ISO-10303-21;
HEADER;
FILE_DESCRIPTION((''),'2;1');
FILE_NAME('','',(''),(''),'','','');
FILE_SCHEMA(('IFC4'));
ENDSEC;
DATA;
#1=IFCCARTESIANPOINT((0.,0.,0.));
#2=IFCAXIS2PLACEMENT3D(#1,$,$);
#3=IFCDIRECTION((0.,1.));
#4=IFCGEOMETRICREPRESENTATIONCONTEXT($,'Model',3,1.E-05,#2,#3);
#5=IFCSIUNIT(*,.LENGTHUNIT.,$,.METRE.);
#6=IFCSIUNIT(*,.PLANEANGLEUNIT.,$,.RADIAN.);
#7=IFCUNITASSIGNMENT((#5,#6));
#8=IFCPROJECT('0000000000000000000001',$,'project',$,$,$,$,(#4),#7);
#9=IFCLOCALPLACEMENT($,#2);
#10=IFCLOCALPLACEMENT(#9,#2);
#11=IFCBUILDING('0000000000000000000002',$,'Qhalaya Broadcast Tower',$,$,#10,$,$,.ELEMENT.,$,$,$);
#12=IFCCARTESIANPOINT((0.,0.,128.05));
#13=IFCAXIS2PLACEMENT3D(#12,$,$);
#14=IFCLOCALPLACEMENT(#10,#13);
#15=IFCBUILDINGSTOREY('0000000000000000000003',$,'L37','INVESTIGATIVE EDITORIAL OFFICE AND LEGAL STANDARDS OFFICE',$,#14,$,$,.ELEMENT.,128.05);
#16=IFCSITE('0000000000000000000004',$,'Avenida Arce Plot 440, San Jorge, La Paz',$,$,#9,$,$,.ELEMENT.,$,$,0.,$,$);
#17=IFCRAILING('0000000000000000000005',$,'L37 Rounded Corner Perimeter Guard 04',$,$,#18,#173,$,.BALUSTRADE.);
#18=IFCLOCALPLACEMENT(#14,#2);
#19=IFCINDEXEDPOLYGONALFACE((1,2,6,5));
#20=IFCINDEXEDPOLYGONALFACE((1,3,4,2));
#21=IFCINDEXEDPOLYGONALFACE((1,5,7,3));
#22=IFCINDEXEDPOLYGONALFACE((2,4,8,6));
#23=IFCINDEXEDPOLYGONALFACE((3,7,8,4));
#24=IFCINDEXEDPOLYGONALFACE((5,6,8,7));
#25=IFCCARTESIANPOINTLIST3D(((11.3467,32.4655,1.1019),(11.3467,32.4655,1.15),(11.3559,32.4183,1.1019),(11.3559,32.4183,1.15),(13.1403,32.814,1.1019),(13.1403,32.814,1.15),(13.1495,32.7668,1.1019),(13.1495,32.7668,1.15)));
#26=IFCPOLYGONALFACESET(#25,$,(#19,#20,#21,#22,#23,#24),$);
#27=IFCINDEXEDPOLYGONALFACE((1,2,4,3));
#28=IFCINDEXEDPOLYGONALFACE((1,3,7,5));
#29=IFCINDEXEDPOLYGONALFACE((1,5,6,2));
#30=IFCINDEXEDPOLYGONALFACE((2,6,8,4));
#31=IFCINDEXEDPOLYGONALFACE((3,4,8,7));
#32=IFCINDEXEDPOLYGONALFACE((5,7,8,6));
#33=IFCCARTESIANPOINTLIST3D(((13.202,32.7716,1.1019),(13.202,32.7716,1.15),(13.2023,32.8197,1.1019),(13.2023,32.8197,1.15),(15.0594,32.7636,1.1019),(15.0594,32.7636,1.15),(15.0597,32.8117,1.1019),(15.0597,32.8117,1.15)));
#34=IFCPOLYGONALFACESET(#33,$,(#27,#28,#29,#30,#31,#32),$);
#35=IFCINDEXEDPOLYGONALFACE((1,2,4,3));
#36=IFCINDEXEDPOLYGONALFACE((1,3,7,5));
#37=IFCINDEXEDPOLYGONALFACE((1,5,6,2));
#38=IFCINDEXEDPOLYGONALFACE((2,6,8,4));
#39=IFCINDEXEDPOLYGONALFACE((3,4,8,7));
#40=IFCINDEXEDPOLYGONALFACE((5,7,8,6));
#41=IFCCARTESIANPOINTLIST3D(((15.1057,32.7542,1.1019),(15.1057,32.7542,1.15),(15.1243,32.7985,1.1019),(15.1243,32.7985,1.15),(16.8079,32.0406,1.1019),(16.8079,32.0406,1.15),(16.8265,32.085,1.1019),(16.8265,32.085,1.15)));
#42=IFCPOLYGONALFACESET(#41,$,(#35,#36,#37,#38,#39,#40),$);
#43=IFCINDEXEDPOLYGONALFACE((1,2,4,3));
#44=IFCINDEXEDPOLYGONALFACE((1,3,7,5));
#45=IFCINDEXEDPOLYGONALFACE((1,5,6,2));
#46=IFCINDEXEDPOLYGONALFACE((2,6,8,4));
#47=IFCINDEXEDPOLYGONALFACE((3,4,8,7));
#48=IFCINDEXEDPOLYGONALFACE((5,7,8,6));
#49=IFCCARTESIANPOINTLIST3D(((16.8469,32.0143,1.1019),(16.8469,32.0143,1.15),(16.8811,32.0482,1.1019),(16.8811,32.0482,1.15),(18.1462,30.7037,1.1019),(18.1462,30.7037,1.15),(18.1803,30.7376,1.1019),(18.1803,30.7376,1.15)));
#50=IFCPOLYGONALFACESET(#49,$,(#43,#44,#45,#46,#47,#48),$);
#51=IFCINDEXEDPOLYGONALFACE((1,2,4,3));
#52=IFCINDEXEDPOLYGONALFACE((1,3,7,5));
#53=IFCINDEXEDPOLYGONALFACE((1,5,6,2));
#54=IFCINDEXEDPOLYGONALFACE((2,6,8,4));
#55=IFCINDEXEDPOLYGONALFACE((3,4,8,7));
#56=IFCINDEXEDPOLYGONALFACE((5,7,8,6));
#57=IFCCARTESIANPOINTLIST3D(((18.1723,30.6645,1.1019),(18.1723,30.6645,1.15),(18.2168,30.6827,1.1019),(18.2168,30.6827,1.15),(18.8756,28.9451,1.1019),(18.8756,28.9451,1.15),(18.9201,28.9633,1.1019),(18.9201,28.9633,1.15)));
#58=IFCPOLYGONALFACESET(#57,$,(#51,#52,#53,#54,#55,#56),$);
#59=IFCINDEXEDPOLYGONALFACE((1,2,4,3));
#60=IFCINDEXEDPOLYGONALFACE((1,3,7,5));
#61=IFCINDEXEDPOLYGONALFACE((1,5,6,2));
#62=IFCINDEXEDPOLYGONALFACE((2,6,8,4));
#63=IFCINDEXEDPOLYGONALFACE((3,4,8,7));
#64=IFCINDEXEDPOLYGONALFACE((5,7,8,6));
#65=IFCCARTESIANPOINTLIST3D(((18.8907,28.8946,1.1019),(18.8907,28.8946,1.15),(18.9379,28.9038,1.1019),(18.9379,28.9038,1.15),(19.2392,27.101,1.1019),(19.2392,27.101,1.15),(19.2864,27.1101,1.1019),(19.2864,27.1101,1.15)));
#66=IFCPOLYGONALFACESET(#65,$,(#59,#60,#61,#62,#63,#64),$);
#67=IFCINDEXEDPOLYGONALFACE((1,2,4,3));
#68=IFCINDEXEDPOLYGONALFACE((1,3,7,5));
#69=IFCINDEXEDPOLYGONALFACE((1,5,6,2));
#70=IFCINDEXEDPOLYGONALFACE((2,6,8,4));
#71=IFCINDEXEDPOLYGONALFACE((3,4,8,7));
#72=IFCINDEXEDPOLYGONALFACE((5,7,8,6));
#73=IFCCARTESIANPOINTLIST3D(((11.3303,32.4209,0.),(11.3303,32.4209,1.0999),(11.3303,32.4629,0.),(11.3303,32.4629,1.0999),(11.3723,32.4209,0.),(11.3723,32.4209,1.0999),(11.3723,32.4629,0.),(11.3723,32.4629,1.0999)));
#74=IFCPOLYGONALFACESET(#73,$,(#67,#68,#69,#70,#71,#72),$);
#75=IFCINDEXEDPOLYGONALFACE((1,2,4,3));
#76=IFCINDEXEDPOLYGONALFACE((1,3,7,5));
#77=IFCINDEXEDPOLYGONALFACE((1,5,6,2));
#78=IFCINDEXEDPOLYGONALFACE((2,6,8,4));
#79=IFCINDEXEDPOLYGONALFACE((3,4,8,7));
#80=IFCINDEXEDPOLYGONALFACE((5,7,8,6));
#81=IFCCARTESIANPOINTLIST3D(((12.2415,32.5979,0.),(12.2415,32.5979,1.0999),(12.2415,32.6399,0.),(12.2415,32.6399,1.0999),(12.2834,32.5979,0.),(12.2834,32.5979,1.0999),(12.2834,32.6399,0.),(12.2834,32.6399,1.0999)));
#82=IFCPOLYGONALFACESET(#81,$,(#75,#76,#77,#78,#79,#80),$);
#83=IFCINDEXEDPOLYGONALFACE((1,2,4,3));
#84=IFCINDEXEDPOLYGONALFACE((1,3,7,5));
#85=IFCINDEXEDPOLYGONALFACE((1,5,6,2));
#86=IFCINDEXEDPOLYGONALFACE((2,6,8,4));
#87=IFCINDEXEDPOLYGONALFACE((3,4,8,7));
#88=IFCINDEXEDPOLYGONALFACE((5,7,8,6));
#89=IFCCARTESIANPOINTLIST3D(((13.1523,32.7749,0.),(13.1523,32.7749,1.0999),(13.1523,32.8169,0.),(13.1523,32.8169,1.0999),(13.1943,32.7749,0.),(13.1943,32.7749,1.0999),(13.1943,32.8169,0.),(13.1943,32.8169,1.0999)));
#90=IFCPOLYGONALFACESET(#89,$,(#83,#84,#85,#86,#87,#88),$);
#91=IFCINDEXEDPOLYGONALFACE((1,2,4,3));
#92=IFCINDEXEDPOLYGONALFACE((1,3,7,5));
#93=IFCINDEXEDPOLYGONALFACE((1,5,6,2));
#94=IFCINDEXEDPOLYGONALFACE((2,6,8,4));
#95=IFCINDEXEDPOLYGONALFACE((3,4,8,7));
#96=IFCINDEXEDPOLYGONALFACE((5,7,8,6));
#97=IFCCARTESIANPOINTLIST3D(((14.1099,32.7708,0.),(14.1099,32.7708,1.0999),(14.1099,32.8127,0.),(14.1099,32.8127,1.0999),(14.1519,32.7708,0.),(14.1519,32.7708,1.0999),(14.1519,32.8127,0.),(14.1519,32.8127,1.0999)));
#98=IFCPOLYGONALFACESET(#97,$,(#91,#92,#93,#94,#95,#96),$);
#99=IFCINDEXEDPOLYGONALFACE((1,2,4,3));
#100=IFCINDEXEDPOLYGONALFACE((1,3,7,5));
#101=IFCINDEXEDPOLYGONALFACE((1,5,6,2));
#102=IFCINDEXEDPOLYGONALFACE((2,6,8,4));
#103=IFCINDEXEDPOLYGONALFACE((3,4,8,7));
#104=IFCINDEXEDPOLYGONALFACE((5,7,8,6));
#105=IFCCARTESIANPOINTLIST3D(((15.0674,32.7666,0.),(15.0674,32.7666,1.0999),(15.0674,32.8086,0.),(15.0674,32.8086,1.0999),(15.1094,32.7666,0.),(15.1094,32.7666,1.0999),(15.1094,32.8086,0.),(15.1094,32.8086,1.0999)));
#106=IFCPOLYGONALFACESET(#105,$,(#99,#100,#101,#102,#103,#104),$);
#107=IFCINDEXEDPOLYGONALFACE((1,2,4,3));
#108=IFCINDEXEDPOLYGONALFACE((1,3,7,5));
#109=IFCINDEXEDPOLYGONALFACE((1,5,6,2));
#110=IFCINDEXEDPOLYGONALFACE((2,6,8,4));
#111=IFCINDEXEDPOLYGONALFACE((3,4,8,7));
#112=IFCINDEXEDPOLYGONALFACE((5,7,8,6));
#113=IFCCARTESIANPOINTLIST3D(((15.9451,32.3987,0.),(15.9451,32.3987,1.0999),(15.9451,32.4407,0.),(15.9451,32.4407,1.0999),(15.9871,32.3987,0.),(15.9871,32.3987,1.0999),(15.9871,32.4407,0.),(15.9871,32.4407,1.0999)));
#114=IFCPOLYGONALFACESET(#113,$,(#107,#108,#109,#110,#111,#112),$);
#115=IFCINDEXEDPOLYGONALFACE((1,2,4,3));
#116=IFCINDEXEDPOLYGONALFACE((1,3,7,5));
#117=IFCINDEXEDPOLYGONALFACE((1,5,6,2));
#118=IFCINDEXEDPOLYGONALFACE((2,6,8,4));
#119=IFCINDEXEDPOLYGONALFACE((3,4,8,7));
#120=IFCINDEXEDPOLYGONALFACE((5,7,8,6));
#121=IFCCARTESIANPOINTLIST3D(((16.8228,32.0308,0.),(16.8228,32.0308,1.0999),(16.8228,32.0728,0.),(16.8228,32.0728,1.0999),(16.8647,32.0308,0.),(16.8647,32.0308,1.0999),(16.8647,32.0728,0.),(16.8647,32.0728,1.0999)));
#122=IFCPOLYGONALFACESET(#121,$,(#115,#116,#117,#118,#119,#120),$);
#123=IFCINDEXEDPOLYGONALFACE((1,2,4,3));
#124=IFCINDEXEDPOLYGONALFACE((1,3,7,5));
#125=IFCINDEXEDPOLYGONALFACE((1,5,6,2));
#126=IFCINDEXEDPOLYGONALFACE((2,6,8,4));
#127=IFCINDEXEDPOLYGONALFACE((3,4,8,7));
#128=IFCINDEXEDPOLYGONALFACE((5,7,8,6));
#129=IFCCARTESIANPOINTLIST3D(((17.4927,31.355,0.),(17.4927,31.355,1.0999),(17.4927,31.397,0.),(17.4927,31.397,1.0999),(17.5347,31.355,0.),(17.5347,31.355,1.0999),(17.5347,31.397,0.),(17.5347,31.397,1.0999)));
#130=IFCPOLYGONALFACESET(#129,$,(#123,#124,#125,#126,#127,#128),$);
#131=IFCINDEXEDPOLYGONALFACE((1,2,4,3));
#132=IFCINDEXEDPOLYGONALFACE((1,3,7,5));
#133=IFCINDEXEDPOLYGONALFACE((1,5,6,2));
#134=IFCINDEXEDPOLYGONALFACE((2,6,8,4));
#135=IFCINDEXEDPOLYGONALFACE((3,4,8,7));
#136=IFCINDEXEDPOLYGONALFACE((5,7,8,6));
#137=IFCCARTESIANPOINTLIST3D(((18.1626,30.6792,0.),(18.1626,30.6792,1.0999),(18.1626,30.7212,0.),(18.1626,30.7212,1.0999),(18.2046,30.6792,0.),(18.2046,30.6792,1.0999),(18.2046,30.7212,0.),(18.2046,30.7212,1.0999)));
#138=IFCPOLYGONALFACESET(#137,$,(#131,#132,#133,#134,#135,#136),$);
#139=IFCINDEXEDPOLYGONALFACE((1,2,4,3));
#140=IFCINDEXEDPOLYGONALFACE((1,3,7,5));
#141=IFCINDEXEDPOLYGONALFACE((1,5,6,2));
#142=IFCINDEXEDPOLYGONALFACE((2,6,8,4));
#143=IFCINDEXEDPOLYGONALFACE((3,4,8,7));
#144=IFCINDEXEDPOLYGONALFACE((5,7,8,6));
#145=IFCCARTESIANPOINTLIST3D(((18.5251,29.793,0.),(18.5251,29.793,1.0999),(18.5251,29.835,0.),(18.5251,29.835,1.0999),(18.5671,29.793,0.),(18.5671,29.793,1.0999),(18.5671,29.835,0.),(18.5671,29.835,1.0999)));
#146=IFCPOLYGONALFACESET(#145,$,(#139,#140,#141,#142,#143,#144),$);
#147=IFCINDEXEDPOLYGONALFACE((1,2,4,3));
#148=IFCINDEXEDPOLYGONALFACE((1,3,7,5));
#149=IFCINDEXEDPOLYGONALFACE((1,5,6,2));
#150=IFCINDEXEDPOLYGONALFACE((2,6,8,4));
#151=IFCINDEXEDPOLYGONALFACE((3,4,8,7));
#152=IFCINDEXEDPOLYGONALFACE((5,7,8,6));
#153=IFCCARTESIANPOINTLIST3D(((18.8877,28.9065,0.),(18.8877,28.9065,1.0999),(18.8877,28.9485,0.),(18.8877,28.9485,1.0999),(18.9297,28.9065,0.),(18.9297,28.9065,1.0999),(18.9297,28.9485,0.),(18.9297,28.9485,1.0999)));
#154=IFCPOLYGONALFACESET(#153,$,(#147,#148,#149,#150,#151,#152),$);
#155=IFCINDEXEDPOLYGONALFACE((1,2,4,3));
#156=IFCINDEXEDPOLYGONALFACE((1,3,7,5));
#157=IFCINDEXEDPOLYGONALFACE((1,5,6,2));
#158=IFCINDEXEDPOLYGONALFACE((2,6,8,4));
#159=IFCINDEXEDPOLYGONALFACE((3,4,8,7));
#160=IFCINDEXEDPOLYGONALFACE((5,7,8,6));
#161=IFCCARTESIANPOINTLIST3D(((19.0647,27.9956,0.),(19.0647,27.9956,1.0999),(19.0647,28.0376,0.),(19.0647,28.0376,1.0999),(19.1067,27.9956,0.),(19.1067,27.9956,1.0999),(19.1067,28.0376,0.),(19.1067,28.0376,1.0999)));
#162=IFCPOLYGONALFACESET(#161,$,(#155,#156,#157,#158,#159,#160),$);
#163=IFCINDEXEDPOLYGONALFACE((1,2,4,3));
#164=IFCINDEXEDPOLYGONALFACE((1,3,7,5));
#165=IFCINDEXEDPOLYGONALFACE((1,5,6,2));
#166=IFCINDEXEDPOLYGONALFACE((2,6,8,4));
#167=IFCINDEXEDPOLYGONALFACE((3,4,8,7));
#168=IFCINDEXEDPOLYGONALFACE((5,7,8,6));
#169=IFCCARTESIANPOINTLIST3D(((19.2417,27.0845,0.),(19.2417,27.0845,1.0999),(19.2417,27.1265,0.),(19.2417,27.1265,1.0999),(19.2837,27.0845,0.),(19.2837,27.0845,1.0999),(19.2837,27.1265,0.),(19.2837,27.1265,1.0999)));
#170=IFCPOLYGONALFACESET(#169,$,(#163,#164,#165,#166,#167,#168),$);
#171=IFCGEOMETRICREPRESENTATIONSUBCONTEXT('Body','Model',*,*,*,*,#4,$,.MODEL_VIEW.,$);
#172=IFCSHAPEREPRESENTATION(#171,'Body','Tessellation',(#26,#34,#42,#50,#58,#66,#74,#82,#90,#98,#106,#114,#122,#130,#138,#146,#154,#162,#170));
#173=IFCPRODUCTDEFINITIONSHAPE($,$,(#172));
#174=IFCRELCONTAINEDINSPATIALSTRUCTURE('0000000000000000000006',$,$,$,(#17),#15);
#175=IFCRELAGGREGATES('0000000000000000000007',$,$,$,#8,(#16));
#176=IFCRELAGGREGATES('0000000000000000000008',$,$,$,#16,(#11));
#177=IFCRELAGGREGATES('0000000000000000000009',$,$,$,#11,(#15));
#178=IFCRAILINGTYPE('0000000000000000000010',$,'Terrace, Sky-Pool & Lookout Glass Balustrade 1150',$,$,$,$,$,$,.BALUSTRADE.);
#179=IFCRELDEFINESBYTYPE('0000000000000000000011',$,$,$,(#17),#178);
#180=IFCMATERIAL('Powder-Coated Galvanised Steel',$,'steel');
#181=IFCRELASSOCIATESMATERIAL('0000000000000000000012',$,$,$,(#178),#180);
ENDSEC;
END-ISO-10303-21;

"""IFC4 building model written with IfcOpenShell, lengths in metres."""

from ifc_helpers import new_model, si_unit, direction, frame, origin, origin_2d, place, context, subcontext, project, spatial, rectangle, extrude, material, type_object, element, save


model = new_model("IFC4")

# Units and contexts
model_context = context("Model", 3, precision=1e-05, world=origin(), true_north=direction((0.0, 1.0)))
body_context = subcontext(model_context, "Body", "Model", "MODEL_VIEW")
ifc_project = project(units=[si_unit("LENGTHUNIT", "METRE"), si_unit("PLANEANGLEUNIT", "RADIAN")], contexts=[model_context])

# Site, building, storey
site_placement = place(None, origin())
site = spatial("IfcSite", under=ifc_project, at=site_placement, Name="Avenida Arce Plot 440, San Jorge, La Paz", CompositionType="ELEMENT", RefElevation=0.0)
building_placement = place(site_placement, origin())
building = spatial("IfcBuilding", under=site, at=building_placement, Name="Qhalaya Broadcast Tower", CompositionType="ELEMENT")
storey_placement = place(building_placement, frame((0.0, 0.0, 128.05)))
storey = spatial("IfcBuildingStorey", under=building, at=storey_placement, Name="L37", Description="INVESTIGATIVE EDITORIAL OFFICE AND LEGAL STANDARDS OFFICE", CompositionType="ELEMENT", Elevation=128.05)

# Railing
ifc_material_1 = material(Name="Powder-Coated Galvanised Steel", Category="steel")
railing_type = type_object("IfcRailingType", Name="Terrace, Sky-Pool & Lookout Glass Balustrade 1150", PredefinedType="BALUSTRADE", material=ifc_material_1)
railing_placement = place(storey_placement, frame((11.3513, 32.4419, 0.0)))
element("IfcRailing", 1, at=railing_placement, inside=storey, type_object=railing_type, Name="L37 Rounded Corner Perimeter Guard 04", PredefinedType="BALUSTRADE", context=body_context, shape_type="SweptSolid", body=[
    extrude(rectangle(XDim=0.0481, YDim=0.0481, at=origin_2d()), frame((0.0, 0.0, 1.126), z_axis=(0.981643, 0.190725, 0.0), x_axis=(-0.190725, 0.981643, 0.0)), (0.0, 0.0, 1.0), 1.8271),
    extrude(rectangle(XDim=0.0481, YDim=0.0481, at=origin_2d()), frame((1.8508, 0.3538, 1.126), z_axis=(0.999991, -0.004334, 0.0), x_axis=(0.004334, 0.999991, 0.0)), (0.0, 0.0, 1.0), 1.8574),
    extrude(rectangle(XDim=0.0481, YDim=0.0481, at=origin_2d()), frame((3.7637, 0.3345, 1.126), z_axis=(0.922247, -0.3866, 0.0), x_axis=(0.3866, 0.922247, 0.0)), (0.0, 0.0, 1.0), 1.8457),
    extrude(rectangle(XDim=0.0481, YDim=0.0481, at=origin_2d()), frame((5.5127, -0.4106, 1.126), z_axis=(0.704021, -0.710179, 0.0), x_axis=(0.710179, 0.704021, 0.0)), (0.0, 0.0, 1.0), 1.8455),
    extrude(rectangle(XDim=0.0481, YDim=0.0481, at=origin_2d()), frame((6.8433, -1.7683, 1.126), z_axis=(0.378588, -0.925565, 0.0), x_axis=(0.925565, 0.378588, 0.0)), (0.0, 0.0, 1.0), 1.8577),
    extrude(rectangle(XDim=0.0481, YDim=0.0481, at=origin_2d()), frame((7.563, -3.5427, 1.126), z_axis=(0.190725, -0.981643, 0.0), x_axis=(0.981643, 0.190725, 0.0)), (0.0, 0.0, 1.0), 1.8271),
    extrude(rectangle(XDim=0.042, YDim=0.042, at=origin_2d()), origin(), (0.0, 0.0, 1.0), 1.0999),
    extrude(rectangle(XDim=0.042, YDim=0.042, at=origin_2d()), frame((0.9111, 0.177, 0.0)), (0.0, 0.0, 1.0), 1.0999),
    extrude(rectangle(XDim=0.042, YDim=0.042, at=origin_2d()), frame((1.822, 0.354, 0.0)), (0.0, 0.0, 1.0), 1.0999),
    extrude(rectangle(XDim=0.042, YDim=0.042, at=origin_2d()), frame((2.7795, 0.3499, 0.0)), (0.0, 0.0, 1.0), 1.0999),
    extrude(rectangle(XDim=0.042, YDim=0.042, at=origin_2d()), frame((3.7371, 0.3457, 0.0)), (0.0, 0.0, 1.0), 1.0999),
    extrude(rectangle(XDim=0.042, YDim=0.042, at=origin_2d()), frame((4.6147, -0.0222, 0.0)), (0.0, 0.0, 1.0), 1.0999),
    extrude(rectangle(XDim=0.042, YDim=0.042, at=origin_2d()), frame((5.4924, -0.3901, 0.0)), (0.0, 0.0, 1.0), 1.0999),
    extrude(rectangle(XDim=0.042, YDim=0.042, at=origin_2d()), frame((6.1624, -1.0659, 0.0)), (0.0, 0.0, 1.0), 1.0999),
    extrude(rectangle(XDim=0.042, YDim=0.042, at=origin_2d()), frame((6.8323, -1.7417, 0.0)), (0.0, 0.0, 1.0), 1.0999),
    extrude(rectangle(XDim=0.042, YDim=0.042, at=origin_2d()), frame((7.1948, -2.6279, 0.0)), (0.0, 0.0, 1.0), 1.0999),
    extrude(rectangle(XDim=0.042, YDim=0.042, at=origin_2d()), frame((7.5574, -3.5144, 0.0)), (0.0, 0.0, 1.0), 1.0999),
    extrude(rectangle(XDim=0.042, YDim=0.042, at=origin_2d()), frame((7.7344, -4.4253, 0.0)), (0.0, 0.0, 1.0), 1.0999),
    extrude(rectangle(XDim=0.042, YDim=0.042, at=origin_2d()), frame((7.9114, -5.3364, 0.0)), (0.0, 0.0, 1.0), 1.0999),
])

save(model, "model.ifc")
